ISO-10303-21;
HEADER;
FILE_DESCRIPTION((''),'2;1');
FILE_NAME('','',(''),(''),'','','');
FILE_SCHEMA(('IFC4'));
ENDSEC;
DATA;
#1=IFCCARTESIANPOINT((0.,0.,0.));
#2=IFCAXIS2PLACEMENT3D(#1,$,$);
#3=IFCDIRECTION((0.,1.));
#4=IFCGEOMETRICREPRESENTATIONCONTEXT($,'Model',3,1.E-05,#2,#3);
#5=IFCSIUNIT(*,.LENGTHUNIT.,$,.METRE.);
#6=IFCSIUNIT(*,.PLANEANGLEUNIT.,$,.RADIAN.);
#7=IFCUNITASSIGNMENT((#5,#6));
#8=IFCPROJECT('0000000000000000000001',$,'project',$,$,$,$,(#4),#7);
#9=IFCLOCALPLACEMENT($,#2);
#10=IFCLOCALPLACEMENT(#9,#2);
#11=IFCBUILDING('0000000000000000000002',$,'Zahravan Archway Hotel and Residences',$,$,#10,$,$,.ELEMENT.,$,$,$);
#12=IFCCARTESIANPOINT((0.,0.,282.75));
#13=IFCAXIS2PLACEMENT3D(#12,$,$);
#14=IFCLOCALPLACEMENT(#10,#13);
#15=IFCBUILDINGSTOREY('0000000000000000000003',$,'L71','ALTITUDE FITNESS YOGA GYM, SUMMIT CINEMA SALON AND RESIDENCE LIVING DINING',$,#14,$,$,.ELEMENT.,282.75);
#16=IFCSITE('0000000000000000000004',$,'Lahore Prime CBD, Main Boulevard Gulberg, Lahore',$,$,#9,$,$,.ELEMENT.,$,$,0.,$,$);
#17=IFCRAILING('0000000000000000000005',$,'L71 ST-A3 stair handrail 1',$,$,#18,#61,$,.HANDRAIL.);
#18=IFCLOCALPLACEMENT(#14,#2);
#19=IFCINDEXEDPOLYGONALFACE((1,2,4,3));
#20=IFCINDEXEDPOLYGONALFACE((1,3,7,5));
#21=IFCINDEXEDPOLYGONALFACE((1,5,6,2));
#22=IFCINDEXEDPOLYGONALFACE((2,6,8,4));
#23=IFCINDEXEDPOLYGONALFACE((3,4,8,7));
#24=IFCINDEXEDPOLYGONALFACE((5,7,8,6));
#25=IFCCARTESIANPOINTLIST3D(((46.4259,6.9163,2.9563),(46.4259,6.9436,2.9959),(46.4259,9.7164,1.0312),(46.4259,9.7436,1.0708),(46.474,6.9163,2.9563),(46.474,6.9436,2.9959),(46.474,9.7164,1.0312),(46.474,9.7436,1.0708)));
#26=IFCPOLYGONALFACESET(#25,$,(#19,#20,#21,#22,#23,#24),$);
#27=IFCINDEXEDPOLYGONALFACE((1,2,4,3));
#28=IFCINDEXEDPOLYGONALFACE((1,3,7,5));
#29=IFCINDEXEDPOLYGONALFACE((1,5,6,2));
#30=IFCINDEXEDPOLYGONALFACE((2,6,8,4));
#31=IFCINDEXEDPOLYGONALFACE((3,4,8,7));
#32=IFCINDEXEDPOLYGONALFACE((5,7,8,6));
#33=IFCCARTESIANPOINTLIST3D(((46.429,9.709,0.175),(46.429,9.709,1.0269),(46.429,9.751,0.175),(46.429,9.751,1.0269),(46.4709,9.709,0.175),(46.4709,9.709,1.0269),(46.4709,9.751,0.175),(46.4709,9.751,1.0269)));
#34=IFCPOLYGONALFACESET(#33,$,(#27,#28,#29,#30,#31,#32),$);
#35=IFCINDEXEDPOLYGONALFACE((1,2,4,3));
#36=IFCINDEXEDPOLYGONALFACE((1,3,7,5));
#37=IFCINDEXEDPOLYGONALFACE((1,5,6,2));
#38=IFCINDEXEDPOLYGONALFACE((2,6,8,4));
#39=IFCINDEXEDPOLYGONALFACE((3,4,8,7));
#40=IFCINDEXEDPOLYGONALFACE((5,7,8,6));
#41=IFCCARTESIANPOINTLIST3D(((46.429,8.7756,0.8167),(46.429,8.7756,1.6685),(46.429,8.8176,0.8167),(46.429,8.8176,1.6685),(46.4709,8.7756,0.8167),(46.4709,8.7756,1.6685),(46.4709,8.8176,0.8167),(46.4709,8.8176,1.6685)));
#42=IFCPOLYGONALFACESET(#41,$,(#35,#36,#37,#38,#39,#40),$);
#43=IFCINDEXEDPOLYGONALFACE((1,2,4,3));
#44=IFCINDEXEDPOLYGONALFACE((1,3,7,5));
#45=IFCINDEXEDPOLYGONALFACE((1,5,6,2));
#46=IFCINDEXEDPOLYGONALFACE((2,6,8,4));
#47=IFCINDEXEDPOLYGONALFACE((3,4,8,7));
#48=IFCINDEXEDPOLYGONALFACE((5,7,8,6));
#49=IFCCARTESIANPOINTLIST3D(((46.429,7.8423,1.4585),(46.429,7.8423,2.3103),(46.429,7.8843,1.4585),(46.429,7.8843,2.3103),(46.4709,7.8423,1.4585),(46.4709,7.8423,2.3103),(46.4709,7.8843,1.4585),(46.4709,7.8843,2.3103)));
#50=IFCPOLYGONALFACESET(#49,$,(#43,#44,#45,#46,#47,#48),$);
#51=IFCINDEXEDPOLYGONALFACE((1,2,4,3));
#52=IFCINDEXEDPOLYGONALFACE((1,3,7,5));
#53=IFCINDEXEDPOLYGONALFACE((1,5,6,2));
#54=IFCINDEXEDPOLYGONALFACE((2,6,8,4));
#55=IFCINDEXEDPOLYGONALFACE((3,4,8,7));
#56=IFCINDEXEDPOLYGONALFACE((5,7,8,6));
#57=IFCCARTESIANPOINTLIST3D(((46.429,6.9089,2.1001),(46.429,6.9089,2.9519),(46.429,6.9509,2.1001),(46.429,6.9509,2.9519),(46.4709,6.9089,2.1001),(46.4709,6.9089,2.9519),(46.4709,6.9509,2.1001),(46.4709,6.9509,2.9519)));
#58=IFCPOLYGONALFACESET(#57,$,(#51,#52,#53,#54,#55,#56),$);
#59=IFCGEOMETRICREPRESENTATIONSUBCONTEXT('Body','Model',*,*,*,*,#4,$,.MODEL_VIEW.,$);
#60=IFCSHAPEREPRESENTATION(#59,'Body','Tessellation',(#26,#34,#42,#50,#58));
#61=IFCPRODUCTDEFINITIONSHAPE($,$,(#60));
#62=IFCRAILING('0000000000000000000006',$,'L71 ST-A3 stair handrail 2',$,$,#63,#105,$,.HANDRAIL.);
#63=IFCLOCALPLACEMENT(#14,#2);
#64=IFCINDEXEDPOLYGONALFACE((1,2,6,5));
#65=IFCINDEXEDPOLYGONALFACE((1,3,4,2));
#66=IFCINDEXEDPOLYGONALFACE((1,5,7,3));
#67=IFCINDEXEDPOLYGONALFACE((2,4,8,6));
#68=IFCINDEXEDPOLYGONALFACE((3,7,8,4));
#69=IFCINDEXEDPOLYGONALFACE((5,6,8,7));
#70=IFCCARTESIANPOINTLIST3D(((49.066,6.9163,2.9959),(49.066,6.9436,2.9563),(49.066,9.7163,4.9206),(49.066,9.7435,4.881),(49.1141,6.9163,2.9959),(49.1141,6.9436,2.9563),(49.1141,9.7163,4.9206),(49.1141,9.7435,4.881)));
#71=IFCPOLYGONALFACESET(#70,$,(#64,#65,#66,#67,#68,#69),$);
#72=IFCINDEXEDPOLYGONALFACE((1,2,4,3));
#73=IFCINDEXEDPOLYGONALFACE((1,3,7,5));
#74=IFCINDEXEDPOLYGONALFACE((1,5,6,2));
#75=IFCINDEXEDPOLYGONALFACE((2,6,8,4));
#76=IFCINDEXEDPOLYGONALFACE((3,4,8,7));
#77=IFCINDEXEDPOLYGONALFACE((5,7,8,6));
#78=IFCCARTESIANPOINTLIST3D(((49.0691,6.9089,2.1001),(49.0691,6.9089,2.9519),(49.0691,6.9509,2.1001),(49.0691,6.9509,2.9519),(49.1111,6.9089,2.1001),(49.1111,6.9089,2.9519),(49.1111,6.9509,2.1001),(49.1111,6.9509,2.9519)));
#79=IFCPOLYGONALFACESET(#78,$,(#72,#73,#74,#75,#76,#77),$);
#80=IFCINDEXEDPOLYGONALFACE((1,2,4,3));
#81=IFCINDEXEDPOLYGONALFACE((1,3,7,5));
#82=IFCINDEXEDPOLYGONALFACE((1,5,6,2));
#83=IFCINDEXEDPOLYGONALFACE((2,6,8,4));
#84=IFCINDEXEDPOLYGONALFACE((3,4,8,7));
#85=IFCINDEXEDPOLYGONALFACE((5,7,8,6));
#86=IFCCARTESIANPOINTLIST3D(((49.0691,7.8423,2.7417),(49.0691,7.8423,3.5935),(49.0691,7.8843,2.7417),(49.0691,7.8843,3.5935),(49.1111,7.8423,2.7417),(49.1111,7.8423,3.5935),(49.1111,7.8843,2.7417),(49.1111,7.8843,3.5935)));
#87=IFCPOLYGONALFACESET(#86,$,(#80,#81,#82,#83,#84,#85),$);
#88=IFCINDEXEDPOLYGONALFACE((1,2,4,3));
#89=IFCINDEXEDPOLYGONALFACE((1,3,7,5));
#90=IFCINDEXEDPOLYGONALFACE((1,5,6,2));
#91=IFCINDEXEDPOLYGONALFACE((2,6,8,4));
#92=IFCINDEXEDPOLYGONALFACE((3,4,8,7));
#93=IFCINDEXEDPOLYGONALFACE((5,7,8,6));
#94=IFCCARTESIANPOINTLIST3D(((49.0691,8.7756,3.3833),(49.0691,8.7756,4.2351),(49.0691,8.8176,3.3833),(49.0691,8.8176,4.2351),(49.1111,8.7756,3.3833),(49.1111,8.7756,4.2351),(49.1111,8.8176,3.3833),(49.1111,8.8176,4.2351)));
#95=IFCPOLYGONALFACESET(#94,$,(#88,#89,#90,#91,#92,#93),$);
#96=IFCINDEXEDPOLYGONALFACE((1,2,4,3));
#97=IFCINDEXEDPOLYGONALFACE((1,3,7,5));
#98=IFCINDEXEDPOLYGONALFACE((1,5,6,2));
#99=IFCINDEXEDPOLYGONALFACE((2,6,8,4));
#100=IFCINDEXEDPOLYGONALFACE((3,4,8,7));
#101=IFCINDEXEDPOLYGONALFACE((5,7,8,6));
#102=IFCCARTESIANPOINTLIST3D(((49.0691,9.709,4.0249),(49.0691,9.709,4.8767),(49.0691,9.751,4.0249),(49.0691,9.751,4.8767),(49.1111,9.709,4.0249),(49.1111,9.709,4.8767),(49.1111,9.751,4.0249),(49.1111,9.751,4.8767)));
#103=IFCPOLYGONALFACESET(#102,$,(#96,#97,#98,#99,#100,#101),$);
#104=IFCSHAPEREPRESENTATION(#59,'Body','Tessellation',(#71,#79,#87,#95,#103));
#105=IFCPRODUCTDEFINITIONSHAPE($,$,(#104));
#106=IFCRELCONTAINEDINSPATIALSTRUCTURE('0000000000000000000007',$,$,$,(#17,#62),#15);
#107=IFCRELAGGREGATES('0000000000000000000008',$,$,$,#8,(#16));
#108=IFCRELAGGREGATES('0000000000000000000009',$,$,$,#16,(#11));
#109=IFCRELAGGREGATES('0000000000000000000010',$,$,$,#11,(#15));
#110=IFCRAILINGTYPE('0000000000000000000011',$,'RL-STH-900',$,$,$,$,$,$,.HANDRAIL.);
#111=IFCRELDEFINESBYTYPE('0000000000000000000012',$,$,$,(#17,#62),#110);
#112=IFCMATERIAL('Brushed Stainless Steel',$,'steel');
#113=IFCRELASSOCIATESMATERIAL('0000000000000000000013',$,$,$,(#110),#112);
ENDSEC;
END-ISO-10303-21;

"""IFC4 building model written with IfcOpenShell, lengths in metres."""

from ifc_helpers import new_model, si_unit, direction, frame, origin, origin_2d, place, context, subcontext, project, spatial, rectangle, extrude, material, type_object, element, save


model = new_model("IFC4")

# Units and contexts
model_context = context("Model", 3, precision=1e-05, world=origin(), true_north=direction((0.0, 1.0)))
body_context = subcontext(model_context, "Body", "Model", "MODEL_VIEW")
ifc_project = project(units=[si_unit("LENGTHUNIT", "METRE"), si_unit("PLANEANGLEUNIT", "RADIAN")], contexts=[model_context])

# Site, building, storey
site_placement = place(None, origin())
site = spatial("IfcSite", under=ifc_project, at=site_placement, Name="Lahore Prime CBD, Main Boulevard Gulberg, Lahore", CompositionType="ELEMENT", RefElevation=0.0)
building_placement = place(site_placement, origin())
building = spatial("IfcBuilding", under=site, at=building_placement, Name="Zahravan Archway Hotel and Residences", CompositionType="ELEMENT")
storey_placement = place(building_placement, frame((0.0, 0.0, 282.75)))
storey = spatial("IfcBuildingStorey", under=building, at=storey_placement, Name="L71", Description="ALTITUDE FITNESS YOGA GYM, SUMMIT CINEMA SALON AND RESIDENCE LIVING DINING", CompositionType="ELEMENT", Elevation=282.75)

# Railings
ifc_material_1 = material(Name="Brushed Stainless Steel", Category="steel")
railing_type_1 = type_object("IfcRailingType", Name="RL-STH-900", PredefinedType="HANDRAIL", material=ifc_material_1)
for number, where, name in (
    (1, (46.45, 9.73, 0.175), "L71 ST-A3 stair handrail 1"),
):
    element("IfcRailing", number, at=place(storey_placement, frame(where)), inside=storey, type_object=railing_type_1, Name=name, PredefinedType="HANDRAIL", context=body_context, shape_type="SweptSolid", body=[
        extrude(rectangle(XDim=0.0481, YDim=0.0481, at=origin_2d()), frame((0.0, 0.0, 0.876), z_axis=(0.0, -0.82404, 0.566532), x_axis=(1.0, 0.0, 0.0)), (0.0, 0.0, 1.0), 3.3979),
        extrude(rectangle(XDim=0.042, YDim=0.042, at=origin_2d()), origin(), (0.0, 0.0, 1.0), 0.8518),
        extrude(rectangle(XDim=0.042, YDim=0.042, at=origin_2d()), frame((0.0, -0.9333, 0.6416)), (0.0, 0.0, 1.0), 0.8518),
        extrude(rectangle(XDim=0.042, YDim=0.042, at=origin_2d()), frame((0.0, -1.8667, 1.2834)), (0.0, 0.0, 1.0), 0.8518),
        extrude(rectangle(XDim=0.042, YDim=0.042, at=origin_2d()), frame((0.0, -2.8, 1.925)), (0.0, 0.0, 1.0), 0.8518),
    ])
railing_1_placement = place(storey_placement, frame((49.0901, 6.9299, 2.1001)))
element("IfcRailing", 2, at=railing_1_placement, inside=storey, type_object=railing_type_1, Name="L71 ST-A3 stair handrail 2", PredefinedType="HANDRAIL", context=body_context, shape_type="SweptSolid", body=[
    extrude(rectangle(XDim=0.0481, YDim=0.0481, at=origin_2d()), frame((0.0, 0.0, 0.876), z_axis=(0.0, 0.824073, 0.566483), x_axis=(-1.0, 0.0, 0.0)), (0.0, 0.0, 1.0), 3.3977),
    extrude(rectangle(XDim=0.042, YDim=0.042, at=origin_2d()), origin(), (0.0, 0.0, 1.0), 0.8518),
    extrude(rectangle(XDim=0.042, YDim=0.042, at=origin_2d()), frame((0.0, 0.9333, 0.6416)), (0.0, 0.0, 1.0), 0.8518),
    extrude(rectangle(XDim=0.042, YDim=0.042, at=origin_2d()), frame((0.0, 1.8667, 1.2832)), (0.0, 0.0, 1.0), 0.8518),
    extrude(rectangle(XDim=0.042, YDim=0.042, at=origin_2d()), frame((0.0, 2.8, 1.9248)), (0.0, 0.0, 1.0), 0.8518),
])

save(model, "model.ifc")
